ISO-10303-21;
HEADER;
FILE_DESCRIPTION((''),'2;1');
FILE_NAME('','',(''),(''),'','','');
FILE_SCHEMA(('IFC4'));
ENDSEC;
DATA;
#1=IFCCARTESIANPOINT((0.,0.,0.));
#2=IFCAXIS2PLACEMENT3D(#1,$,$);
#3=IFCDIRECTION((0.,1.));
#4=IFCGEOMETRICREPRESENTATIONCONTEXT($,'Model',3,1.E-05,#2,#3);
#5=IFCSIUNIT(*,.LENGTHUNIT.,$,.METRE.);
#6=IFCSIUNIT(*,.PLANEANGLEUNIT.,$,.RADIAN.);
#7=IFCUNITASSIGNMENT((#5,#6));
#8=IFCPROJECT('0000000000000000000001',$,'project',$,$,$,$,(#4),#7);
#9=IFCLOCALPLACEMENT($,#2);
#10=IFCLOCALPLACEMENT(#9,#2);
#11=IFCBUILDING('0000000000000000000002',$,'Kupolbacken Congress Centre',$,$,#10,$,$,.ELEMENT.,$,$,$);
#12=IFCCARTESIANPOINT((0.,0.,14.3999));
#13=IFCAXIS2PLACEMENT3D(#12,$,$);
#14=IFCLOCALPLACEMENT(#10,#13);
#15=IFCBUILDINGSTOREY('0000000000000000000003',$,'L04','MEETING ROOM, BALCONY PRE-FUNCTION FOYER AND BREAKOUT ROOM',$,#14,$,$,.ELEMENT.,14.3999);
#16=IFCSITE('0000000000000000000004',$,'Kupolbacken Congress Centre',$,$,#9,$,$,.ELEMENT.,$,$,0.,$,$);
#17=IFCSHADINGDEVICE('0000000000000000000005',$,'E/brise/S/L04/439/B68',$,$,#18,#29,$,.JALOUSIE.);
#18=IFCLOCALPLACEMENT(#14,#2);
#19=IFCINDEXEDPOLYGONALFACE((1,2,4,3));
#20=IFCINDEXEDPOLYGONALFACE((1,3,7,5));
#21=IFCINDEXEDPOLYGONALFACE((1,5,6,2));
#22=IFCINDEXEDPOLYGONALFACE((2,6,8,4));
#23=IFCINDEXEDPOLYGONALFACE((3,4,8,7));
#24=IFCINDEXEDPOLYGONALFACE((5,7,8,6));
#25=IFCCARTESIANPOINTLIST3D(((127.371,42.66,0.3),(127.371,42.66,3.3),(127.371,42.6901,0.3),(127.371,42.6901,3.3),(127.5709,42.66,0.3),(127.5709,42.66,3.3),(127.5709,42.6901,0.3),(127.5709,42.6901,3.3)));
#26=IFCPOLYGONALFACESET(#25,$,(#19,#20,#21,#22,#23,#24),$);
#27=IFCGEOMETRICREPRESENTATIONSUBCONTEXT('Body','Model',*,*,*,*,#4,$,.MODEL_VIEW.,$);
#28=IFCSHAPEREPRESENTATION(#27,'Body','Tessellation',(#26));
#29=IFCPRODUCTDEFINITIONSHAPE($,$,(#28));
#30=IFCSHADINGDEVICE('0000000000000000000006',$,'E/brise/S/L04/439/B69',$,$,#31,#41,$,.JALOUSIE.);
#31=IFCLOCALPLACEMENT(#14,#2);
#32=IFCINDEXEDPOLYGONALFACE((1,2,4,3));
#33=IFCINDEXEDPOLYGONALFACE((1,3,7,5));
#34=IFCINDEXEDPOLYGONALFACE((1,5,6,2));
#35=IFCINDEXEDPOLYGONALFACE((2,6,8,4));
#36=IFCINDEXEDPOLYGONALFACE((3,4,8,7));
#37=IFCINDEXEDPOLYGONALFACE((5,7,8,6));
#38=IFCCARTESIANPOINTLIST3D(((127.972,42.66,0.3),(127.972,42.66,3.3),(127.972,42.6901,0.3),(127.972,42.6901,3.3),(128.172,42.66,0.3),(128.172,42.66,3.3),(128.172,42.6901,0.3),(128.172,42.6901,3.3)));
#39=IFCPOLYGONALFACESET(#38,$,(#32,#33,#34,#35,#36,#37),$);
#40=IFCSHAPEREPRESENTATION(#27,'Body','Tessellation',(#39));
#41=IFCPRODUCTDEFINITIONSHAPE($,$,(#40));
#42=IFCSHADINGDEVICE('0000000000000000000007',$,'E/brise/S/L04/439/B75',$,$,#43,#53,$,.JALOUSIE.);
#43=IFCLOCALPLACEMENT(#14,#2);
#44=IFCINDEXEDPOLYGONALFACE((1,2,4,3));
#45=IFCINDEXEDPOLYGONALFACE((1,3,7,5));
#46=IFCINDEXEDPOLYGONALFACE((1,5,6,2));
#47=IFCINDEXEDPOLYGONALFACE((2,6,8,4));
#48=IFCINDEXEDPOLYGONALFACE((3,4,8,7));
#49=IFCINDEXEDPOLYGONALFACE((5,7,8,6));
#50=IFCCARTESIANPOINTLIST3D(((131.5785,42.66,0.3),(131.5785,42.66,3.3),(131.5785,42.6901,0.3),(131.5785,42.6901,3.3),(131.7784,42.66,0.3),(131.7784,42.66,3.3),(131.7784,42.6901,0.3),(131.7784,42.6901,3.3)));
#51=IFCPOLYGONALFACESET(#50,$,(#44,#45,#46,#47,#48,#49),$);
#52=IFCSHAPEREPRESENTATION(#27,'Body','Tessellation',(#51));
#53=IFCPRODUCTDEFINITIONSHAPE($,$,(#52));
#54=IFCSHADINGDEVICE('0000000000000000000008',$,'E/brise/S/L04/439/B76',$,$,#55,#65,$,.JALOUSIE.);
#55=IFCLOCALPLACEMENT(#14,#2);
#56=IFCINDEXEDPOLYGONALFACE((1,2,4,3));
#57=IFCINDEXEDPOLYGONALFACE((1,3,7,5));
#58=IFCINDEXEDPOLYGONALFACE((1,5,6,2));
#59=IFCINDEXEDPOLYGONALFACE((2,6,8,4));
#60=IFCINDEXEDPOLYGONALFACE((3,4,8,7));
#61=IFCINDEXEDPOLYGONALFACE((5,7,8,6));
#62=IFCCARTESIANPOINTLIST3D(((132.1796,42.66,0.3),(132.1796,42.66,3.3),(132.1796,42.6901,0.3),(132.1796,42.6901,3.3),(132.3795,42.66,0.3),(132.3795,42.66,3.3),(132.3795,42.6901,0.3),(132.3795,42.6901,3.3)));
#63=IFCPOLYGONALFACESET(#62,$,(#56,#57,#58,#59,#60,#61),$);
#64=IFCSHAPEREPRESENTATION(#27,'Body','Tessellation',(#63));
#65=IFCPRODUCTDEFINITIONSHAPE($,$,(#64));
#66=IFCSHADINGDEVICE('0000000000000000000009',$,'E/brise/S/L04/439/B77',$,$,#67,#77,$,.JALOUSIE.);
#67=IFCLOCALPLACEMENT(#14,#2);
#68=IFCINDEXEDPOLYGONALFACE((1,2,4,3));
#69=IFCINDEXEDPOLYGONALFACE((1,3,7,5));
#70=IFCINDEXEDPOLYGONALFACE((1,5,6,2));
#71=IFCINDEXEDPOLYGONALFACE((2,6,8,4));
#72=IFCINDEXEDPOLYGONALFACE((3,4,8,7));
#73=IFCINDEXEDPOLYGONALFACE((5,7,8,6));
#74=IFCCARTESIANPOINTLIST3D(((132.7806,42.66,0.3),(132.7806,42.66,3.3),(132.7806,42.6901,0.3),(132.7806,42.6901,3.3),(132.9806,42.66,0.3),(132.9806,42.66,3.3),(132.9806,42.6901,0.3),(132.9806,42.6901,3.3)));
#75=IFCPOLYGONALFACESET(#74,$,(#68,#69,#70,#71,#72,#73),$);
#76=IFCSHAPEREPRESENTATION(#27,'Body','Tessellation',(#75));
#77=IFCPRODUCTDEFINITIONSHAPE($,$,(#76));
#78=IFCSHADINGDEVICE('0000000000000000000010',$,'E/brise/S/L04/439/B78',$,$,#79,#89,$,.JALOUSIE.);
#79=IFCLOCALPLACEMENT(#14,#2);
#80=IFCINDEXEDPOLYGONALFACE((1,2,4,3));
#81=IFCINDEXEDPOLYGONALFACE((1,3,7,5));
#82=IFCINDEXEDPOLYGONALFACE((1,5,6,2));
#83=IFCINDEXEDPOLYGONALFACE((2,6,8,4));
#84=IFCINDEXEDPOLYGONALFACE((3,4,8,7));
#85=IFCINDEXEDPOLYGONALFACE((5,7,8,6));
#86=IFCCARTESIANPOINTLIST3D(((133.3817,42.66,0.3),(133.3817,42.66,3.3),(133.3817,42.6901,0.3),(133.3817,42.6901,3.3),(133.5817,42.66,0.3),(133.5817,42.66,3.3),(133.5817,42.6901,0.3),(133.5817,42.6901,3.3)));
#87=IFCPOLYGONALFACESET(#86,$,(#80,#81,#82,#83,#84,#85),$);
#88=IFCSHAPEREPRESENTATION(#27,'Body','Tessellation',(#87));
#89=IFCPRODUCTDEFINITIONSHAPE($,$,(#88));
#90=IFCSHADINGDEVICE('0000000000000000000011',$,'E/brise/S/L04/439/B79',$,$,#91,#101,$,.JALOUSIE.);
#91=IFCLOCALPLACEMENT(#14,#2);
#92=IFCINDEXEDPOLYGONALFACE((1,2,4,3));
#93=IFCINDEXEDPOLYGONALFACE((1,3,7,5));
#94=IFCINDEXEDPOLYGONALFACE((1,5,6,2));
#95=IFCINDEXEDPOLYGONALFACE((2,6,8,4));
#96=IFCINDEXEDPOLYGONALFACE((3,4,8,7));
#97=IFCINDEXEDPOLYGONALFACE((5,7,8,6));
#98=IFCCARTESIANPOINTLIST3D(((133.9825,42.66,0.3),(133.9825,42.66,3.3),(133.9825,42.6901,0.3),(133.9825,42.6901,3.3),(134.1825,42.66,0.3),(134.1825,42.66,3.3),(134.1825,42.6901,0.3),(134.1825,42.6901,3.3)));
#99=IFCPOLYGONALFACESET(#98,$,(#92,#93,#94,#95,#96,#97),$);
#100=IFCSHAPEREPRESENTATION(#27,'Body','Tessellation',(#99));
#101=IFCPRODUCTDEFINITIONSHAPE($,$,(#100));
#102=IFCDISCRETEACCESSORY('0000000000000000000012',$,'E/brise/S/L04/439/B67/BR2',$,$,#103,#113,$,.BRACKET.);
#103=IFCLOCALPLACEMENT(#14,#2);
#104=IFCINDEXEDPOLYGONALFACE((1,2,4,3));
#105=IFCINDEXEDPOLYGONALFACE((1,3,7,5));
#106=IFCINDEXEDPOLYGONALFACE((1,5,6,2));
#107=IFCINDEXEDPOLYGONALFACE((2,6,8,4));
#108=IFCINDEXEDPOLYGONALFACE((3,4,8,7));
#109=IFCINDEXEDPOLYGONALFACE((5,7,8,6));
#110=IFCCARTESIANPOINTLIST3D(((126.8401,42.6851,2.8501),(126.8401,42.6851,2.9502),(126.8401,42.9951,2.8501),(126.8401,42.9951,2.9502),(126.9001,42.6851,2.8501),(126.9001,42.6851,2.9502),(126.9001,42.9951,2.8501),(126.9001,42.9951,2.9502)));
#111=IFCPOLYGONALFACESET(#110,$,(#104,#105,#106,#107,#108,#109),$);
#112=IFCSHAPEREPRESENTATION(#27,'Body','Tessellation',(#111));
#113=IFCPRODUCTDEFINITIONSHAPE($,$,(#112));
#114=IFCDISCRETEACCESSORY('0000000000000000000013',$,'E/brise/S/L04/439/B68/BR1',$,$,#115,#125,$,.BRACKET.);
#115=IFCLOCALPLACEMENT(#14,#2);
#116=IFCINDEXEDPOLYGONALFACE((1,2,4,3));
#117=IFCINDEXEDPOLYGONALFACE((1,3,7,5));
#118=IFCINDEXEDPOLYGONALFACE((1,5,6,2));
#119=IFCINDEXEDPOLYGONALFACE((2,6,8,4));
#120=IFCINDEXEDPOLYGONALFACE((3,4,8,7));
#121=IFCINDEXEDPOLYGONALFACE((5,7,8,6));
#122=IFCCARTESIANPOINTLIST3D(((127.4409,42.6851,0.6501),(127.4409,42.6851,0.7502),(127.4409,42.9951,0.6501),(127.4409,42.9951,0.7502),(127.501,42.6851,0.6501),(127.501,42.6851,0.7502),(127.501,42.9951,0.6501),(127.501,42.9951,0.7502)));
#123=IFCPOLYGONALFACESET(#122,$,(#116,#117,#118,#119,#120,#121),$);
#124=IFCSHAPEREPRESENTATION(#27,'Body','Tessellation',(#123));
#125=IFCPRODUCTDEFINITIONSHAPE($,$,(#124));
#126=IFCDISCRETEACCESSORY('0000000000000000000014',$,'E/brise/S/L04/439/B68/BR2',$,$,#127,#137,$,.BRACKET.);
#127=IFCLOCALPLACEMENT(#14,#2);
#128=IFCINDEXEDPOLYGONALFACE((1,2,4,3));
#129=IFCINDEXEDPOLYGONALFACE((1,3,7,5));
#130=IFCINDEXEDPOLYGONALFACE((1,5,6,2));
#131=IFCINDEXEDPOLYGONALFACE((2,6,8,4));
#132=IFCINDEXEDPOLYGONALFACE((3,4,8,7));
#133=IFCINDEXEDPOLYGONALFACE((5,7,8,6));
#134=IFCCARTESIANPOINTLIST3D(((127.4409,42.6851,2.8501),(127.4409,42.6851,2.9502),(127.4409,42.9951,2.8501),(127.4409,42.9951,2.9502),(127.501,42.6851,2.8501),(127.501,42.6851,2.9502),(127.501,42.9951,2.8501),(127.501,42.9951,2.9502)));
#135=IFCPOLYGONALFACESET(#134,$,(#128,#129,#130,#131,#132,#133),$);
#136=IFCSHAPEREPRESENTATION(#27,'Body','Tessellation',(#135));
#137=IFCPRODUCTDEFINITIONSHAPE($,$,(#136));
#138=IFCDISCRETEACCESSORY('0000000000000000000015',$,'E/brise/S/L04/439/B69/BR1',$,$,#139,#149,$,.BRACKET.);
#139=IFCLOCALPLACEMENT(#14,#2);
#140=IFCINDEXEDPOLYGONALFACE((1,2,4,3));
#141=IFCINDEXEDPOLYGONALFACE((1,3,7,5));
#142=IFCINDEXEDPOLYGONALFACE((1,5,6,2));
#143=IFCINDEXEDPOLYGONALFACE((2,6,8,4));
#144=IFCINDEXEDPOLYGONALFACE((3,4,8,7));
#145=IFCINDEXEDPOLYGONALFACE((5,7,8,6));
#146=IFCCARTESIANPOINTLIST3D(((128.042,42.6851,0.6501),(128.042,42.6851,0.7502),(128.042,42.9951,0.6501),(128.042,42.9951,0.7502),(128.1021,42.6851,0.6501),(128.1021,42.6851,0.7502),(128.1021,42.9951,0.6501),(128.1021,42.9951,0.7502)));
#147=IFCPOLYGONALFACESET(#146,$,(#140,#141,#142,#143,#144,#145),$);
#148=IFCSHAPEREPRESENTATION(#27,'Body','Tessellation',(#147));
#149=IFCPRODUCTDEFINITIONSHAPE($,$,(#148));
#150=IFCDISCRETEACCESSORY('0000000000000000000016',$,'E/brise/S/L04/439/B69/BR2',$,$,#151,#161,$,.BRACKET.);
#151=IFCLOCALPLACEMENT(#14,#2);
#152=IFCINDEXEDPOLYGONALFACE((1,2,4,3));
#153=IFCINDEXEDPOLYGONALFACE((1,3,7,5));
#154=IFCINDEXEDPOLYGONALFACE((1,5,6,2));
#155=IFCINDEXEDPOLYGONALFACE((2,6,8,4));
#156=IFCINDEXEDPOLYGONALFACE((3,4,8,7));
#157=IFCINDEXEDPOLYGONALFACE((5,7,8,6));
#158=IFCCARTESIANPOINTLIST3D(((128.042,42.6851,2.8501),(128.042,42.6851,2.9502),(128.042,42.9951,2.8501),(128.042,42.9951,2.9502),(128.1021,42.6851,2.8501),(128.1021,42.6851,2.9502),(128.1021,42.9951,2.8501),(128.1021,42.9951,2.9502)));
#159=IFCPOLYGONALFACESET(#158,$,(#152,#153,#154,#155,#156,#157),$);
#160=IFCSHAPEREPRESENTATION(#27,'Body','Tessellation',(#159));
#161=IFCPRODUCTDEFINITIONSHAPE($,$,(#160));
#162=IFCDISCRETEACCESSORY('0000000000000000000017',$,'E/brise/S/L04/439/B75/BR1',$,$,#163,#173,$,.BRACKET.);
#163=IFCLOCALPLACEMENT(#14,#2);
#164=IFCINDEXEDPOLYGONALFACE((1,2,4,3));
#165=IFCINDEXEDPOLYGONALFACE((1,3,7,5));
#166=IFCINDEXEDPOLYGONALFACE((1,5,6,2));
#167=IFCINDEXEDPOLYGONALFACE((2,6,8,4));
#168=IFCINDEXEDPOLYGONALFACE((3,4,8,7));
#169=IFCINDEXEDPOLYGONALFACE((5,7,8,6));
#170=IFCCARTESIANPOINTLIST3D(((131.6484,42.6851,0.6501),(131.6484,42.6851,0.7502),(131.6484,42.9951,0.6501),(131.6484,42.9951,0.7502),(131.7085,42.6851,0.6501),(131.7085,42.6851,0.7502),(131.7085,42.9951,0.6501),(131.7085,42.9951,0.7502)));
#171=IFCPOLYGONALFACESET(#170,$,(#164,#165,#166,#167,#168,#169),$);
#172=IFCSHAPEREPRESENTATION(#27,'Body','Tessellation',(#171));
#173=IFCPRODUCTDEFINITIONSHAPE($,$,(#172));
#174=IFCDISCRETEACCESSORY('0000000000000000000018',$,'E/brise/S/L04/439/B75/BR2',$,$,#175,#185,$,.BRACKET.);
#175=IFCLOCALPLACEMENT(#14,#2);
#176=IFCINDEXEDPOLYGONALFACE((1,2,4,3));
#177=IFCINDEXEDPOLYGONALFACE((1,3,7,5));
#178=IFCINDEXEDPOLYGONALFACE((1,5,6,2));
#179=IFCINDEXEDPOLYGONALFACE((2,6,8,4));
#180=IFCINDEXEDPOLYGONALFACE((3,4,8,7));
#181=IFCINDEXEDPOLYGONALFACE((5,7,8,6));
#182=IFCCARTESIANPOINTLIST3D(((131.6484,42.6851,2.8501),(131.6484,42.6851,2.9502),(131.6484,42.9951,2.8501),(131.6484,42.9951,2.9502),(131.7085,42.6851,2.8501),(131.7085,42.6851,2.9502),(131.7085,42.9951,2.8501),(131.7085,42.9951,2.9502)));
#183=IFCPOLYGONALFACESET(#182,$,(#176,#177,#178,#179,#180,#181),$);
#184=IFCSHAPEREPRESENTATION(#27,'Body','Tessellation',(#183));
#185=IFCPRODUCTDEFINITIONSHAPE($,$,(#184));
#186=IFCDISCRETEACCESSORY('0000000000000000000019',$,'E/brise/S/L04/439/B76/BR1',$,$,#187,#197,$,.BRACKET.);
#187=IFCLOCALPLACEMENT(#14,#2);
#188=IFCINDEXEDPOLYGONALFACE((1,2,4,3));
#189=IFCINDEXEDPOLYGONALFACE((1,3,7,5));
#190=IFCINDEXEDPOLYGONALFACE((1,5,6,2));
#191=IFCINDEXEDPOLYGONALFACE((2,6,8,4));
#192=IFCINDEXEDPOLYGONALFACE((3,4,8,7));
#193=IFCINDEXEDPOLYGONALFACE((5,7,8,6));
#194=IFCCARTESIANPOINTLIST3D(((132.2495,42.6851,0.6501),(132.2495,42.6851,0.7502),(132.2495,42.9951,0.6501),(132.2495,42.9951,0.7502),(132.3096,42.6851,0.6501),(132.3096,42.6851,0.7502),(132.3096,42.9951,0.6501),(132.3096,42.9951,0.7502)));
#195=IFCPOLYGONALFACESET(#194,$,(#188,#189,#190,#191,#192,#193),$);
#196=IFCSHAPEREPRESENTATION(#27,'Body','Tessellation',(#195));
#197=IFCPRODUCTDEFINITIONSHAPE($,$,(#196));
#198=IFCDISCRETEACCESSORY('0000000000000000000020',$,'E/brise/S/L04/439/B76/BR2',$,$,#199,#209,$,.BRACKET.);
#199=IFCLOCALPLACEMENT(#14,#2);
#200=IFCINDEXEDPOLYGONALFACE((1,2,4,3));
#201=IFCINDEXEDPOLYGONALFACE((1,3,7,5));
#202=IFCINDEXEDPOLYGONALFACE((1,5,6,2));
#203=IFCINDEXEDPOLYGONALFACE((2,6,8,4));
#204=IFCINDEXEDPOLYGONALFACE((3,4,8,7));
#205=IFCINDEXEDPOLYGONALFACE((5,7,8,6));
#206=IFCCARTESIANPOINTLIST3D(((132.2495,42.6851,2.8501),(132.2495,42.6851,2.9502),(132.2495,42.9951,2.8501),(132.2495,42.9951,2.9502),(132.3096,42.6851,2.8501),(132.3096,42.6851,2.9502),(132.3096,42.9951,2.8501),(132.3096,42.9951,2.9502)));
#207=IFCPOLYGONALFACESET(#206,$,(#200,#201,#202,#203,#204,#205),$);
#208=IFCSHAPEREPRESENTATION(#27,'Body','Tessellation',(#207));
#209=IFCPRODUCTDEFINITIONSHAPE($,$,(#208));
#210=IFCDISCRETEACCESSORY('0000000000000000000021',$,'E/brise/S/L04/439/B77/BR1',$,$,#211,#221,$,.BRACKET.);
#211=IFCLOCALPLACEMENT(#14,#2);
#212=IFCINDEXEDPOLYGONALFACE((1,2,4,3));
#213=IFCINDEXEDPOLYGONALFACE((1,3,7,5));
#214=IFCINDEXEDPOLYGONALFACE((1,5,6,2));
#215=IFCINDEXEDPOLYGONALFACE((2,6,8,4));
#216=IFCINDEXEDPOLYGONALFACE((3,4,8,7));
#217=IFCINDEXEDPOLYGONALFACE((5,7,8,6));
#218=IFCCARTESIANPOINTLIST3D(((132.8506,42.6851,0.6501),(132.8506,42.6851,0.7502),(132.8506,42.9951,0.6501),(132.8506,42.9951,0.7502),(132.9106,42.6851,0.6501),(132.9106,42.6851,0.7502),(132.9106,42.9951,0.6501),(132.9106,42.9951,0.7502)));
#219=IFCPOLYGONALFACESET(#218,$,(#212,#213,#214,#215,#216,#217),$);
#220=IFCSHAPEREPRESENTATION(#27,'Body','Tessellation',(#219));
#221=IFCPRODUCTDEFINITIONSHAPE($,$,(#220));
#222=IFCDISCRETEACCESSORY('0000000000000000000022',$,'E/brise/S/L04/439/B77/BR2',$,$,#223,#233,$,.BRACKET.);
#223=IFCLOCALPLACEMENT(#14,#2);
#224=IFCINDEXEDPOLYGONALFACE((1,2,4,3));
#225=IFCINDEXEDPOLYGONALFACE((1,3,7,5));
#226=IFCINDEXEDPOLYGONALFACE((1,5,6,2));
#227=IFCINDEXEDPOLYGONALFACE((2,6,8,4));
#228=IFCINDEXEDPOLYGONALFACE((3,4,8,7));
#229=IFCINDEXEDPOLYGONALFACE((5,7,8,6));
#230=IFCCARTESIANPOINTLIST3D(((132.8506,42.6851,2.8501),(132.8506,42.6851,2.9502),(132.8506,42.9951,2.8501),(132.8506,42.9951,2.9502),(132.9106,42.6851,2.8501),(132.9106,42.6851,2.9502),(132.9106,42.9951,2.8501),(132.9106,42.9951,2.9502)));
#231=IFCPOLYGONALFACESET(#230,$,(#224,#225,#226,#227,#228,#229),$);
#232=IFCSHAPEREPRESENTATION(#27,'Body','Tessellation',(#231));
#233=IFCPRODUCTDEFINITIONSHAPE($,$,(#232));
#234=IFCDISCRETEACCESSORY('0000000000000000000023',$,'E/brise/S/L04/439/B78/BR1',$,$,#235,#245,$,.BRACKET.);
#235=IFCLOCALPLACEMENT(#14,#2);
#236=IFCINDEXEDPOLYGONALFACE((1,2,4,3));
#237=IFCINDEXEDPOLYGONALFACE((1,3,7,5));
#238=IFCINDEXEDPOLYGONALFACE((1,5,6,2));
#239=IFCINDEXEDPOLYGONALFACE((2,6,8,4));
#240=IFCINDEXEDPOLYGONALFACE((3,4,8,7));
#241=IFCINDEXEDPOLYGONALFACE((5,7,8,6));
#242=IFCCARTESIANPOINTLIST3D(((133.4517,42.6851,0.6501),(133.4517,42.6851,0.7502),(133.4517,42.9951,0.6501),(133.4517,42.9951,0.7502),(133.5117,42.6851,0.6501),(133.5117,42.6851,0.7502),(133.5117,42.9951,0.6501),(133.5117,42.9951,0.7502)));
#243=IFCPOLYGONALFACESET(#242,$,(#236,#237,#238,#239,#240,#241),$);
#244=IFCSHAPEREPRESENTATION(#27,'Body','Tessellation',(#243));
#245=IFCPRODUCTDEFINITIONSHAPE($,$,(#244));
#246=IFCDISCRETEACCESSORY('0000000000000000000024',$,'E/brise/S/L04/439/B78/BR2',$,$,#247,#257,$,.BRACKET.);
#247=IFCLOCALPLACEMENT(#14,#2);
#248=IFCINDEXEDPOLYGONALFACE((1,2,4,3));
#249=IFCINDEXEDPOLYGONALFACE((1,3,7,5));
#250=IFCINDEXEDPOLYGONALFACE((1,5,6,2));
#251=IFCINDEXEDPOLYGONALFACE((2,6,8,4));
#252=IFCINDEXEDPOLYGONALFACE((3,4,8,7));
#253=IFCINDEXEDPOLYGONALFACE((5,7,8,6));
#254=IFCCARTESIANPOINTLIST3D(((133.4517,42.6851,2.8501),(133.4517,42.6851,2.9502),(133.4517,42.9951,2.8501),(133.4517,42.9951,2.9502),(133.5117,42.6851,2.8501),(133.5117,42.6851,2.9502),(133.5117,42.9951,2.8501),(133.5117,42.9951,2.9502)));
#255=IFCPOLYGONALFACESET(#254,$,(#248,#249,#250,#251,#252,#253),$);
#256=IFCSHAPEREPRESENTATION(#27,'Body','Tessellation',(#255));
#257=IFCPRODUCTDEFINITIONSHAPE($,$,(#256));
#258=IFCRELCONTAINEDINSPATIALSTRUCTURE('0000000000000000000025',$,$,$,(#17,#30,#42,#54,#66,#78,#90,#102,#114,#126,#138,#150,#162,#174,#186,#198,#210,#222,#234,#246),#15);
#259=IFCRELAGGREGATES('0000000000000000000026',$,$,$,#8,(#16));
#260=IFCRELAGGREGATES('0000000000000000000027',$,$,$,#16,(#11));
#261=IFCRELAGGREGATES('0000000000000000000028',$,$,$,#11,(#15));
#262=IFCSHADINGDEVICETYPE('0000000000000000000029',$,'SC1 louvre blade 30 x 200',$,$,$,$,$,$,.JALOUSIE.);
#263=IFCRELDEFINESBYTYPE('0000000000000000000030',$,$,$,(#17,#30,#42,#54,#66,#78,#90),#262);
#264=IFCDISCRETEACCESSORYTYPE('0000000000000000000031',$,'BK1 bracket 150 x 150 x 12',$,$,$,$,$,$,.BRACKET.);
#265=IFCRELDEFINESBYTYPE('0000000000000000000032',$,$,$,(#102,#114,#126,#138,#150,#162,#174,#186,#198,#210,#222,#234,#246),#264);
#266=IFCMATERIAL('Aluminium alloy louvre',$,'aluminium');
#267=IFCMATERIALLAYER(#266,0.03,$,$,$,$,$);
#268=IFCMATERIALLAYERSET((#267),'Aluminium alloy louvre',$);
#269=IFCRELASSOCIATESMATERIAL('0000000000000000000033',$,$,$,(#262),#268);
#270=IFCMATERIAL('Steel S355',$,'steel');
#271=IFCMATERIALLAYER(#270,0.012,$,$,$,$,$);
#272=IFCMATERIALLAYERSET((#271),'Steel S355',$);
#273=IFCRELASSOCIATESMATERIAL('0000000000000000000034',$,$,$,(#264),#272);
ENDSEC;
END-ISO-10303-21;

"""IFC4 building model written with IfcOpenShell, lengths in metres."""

from ifc_helpers import new_model, si_unit, direction, frame, origin, origin_2d, place, context, subcontext, project, spatial, rectangle, extrude, material, layer, layer_set, type_object, element, save


model = new_model("IFC4")

# Units and contexts
model_context = context("Model", 3, precision=1e-05, world=origin(), true_north=direction((0.0, 1.0)))
body_context = subcontext(model_context, "Body", "Model", "MODEL_VIEW")
ifc_project = project(units=[si_unit("LENGTHUNIT", "METRE"), si_unit("PLANEANGLEUNIT", "RADIAN")], contexts=[model_context])

# Site, building, storey
site_placement = place(None, origin())
site = spatial("IfcSite", under=ifc_project, at=site_placement, Name="Kupolbacken Congress Centre", CompositionType="ELEMENT", RefElevation=0.0)
building_placement = place(site_placement, origin())
building = spatial("IfcBuilding", under=site, at=building_placement, Name="Kupolbacken Congress Centre", CompositionType="ELEMENT")
storey_placement = place(building_placement, frame((0.0, 0.0, 14.3999)))
storey = spatial("IfcBuildingStorey", under=building, at=storey_placement, Name="L04", Description="MEETING ROOM, BALCONY PRE-FUNCTION FOYER AND BREAKOUT ROOM", CompositionType="ELEMENT", Elevation=14.3999)

# Shading devices
ifc_material_1 = material(Name="Aluminium alloy louvre", Category="aluminium")
ifc_layer_1 = layer(ifc_material_1, 0.03)
ifc_layer_set_1 = layer_set([ifc_layer_1], Name="Aluminium alloy louvre")
shading_device_type = type_object("IfcShadingDeviceType", Name="SC1 louvre blade 30 x 200", PredefinedType="JALOUSIE", material=ifc_layer_set_1)
for number, where, z_axis, x_axis, name in (
    (1, (127.4709, 42.675, 0.3), (0.0, 0.0, 1.0), (1.0, 0.0, 0.0), "E/brise/S/L04/439/B68"),
    (2, (128.072, 42.675, 0.3), (0.0, 0.0, 1.0), (1.0, 0.0, 0.0), "E/brise/S/L04/439/B69"),
    (3, (131.6785, 42.675, 0.3), (0.0, 0.0, 1.0), (1.0, 0.0, 0.0), "E/brise/S/L04/439/B75"),
    (4, (132.2795, 42.675, 0.3), (0.0, 0.0, 1.0), (1.0, 0.0, 0.0), "E/brise/S/L04/439/B76"),
    (5, (132.8806, 42.675, 0.3), (0.0, 0.0, 1.0), (1.0, 0.0, 0.0), "E/brise/S/L04/439/B77"),
    (6, (133.4817, 42.675, 0.3), (0.0, 0.0, 1.0), (1.0, 0.0, 0.0), "E/brise/S/L04/439/B78"),
    (7, (134.0825, 42.675, 0.3), (0.0, 0.0, 1.0), (1.0, 0.0, 0.0), "E/brise/S/L04/439/B79"),
):
    element("IfcShadingDevice", number, at=place(storey_placement, frame(where, z_axis=z_axis, x_axis=x_axis)), inside=storey, type_object=shading_device_type, Name=name, PredefinedType="JALOUSIE", context=body_context, shape_type="SweptSolid", body=[
        extrude(rectangle(XDim=0.2, YDim=0.03, at=origin_2d()), origin(), (0.0, 0.0, 1.0), 3.0),
    ])

# Discrete accessories
ifc_material_2 = material(Name="Steel S355", Category="steel")
ifc_layer_2 = layer(ifc_material_2, 0.012)
ifc_layer_set_2 = layer_set([ifc_layer_2], Name="Steel S355")
discrete_accessory_type = type_object("IfcDiscreteAccessoryType", Name="BK1 bracket 150 x 150 x 12", PredefinedType="BRACKET", material=ifc_layer_set_2)
for number, where, z_axis, x_axis, name in (
    (8, (126.8701, 42.8401, 2.8501), (0.0, 0.0, 1.0), (1.0, 0.0, 0.0), "E/brise/S/L04/439/B67/BR2"),
    (9, (127.4709, 42.8401, 0.6501), (0.0, 0.0, 1.0), (1.0, 0.0, 0.0), "E/brise/S/L04/439/B68/BR1"),
    (10, (127.4709, 42.8401, 2.8501), (0.0, 0.0, 1.0), (1.0, 0.0, 0.0), "E/brise/S/L04/439/B68/BR2"),
    (11, (128.072, 42.8401, 0.6501), (0.0, 0.0, 1.0), (1.0, 0.0, 0.0), "E/brise/S/L04/439/B69/BR1"),
    (12, (128.072, 42.8401, 2.8501), (0.0, 0.0, 1.0), (1.0, 0.0, 0.0), "E/brise/S/L04/439/B69/BR2"),
    (13, (131.6785, 42.8401, 0.6501), (0.0, 0.0, 1.0), (1.0, 0.0, 0.0), "E/brise/S/L04/439/B75/BR1"),
    (14, (131.6785, 42.8401, 2.8501), (0.0, 0.0, 1.0), (1.0, 0.0, 0.0), "E/brise/S/L04/439/B75/BR2"),
    (15, (132.2795, 42.8401, 0.6501), (0.0, 0.0, 1.0), (1.0, 0.0, 0.0), "E/brise/S/L04/439/B76/BR1"),
    (16, (132.2795, 42.8401, 2.8501), (0.0, 0.0, 1.0), (1.0, 0.0, 0.0), "E/brise/S/L04/439/B76/BR2"),
    (17, (132.8806, 42.8401, 0.6501), (0.0, 0.0, 1.0), (1.0, 0.0, 0.0), "E/brise/S/L04/439/B77/BR1"),
    (18, (132.8806, 42.8401, 2.8501), (0.0, 0.0, 1.0), (1.0, 0.0, 0.0), "E/brise/S/L04/439/B77/BR2"),
    (19, (133.4817, 42.8401, 0.6501), (0.0, 0.0, 1.0), (1.0, 0.0, 0.0), "E/brise/S/L04/439/B78/BR1"),
    (20, (133.4817, 42.8401, 2.8501), (0.0, 0.0, 1.0), (1.0, 0.0, 0.0), "E/brise/S/L04/439/B78/BR2"),
):
    element("IfcDiscreteAccessory", number, at=place(storey_placement, frame(where, z_axis=z_axis, x_axis=x_axis)), inside=storey, type_object=discrete_accessory_type, Name=name, PredefinedType="BRACKET", context=body_context, shape_type="SweptSolid", body=[
        extrude(rectangle(XDim=0.0601, YDim=0.3101, at=origin_2d()), origin(), (0.0, 0.0, 1.0), 0.1001),
    ])

save(model, "model.ifc")
